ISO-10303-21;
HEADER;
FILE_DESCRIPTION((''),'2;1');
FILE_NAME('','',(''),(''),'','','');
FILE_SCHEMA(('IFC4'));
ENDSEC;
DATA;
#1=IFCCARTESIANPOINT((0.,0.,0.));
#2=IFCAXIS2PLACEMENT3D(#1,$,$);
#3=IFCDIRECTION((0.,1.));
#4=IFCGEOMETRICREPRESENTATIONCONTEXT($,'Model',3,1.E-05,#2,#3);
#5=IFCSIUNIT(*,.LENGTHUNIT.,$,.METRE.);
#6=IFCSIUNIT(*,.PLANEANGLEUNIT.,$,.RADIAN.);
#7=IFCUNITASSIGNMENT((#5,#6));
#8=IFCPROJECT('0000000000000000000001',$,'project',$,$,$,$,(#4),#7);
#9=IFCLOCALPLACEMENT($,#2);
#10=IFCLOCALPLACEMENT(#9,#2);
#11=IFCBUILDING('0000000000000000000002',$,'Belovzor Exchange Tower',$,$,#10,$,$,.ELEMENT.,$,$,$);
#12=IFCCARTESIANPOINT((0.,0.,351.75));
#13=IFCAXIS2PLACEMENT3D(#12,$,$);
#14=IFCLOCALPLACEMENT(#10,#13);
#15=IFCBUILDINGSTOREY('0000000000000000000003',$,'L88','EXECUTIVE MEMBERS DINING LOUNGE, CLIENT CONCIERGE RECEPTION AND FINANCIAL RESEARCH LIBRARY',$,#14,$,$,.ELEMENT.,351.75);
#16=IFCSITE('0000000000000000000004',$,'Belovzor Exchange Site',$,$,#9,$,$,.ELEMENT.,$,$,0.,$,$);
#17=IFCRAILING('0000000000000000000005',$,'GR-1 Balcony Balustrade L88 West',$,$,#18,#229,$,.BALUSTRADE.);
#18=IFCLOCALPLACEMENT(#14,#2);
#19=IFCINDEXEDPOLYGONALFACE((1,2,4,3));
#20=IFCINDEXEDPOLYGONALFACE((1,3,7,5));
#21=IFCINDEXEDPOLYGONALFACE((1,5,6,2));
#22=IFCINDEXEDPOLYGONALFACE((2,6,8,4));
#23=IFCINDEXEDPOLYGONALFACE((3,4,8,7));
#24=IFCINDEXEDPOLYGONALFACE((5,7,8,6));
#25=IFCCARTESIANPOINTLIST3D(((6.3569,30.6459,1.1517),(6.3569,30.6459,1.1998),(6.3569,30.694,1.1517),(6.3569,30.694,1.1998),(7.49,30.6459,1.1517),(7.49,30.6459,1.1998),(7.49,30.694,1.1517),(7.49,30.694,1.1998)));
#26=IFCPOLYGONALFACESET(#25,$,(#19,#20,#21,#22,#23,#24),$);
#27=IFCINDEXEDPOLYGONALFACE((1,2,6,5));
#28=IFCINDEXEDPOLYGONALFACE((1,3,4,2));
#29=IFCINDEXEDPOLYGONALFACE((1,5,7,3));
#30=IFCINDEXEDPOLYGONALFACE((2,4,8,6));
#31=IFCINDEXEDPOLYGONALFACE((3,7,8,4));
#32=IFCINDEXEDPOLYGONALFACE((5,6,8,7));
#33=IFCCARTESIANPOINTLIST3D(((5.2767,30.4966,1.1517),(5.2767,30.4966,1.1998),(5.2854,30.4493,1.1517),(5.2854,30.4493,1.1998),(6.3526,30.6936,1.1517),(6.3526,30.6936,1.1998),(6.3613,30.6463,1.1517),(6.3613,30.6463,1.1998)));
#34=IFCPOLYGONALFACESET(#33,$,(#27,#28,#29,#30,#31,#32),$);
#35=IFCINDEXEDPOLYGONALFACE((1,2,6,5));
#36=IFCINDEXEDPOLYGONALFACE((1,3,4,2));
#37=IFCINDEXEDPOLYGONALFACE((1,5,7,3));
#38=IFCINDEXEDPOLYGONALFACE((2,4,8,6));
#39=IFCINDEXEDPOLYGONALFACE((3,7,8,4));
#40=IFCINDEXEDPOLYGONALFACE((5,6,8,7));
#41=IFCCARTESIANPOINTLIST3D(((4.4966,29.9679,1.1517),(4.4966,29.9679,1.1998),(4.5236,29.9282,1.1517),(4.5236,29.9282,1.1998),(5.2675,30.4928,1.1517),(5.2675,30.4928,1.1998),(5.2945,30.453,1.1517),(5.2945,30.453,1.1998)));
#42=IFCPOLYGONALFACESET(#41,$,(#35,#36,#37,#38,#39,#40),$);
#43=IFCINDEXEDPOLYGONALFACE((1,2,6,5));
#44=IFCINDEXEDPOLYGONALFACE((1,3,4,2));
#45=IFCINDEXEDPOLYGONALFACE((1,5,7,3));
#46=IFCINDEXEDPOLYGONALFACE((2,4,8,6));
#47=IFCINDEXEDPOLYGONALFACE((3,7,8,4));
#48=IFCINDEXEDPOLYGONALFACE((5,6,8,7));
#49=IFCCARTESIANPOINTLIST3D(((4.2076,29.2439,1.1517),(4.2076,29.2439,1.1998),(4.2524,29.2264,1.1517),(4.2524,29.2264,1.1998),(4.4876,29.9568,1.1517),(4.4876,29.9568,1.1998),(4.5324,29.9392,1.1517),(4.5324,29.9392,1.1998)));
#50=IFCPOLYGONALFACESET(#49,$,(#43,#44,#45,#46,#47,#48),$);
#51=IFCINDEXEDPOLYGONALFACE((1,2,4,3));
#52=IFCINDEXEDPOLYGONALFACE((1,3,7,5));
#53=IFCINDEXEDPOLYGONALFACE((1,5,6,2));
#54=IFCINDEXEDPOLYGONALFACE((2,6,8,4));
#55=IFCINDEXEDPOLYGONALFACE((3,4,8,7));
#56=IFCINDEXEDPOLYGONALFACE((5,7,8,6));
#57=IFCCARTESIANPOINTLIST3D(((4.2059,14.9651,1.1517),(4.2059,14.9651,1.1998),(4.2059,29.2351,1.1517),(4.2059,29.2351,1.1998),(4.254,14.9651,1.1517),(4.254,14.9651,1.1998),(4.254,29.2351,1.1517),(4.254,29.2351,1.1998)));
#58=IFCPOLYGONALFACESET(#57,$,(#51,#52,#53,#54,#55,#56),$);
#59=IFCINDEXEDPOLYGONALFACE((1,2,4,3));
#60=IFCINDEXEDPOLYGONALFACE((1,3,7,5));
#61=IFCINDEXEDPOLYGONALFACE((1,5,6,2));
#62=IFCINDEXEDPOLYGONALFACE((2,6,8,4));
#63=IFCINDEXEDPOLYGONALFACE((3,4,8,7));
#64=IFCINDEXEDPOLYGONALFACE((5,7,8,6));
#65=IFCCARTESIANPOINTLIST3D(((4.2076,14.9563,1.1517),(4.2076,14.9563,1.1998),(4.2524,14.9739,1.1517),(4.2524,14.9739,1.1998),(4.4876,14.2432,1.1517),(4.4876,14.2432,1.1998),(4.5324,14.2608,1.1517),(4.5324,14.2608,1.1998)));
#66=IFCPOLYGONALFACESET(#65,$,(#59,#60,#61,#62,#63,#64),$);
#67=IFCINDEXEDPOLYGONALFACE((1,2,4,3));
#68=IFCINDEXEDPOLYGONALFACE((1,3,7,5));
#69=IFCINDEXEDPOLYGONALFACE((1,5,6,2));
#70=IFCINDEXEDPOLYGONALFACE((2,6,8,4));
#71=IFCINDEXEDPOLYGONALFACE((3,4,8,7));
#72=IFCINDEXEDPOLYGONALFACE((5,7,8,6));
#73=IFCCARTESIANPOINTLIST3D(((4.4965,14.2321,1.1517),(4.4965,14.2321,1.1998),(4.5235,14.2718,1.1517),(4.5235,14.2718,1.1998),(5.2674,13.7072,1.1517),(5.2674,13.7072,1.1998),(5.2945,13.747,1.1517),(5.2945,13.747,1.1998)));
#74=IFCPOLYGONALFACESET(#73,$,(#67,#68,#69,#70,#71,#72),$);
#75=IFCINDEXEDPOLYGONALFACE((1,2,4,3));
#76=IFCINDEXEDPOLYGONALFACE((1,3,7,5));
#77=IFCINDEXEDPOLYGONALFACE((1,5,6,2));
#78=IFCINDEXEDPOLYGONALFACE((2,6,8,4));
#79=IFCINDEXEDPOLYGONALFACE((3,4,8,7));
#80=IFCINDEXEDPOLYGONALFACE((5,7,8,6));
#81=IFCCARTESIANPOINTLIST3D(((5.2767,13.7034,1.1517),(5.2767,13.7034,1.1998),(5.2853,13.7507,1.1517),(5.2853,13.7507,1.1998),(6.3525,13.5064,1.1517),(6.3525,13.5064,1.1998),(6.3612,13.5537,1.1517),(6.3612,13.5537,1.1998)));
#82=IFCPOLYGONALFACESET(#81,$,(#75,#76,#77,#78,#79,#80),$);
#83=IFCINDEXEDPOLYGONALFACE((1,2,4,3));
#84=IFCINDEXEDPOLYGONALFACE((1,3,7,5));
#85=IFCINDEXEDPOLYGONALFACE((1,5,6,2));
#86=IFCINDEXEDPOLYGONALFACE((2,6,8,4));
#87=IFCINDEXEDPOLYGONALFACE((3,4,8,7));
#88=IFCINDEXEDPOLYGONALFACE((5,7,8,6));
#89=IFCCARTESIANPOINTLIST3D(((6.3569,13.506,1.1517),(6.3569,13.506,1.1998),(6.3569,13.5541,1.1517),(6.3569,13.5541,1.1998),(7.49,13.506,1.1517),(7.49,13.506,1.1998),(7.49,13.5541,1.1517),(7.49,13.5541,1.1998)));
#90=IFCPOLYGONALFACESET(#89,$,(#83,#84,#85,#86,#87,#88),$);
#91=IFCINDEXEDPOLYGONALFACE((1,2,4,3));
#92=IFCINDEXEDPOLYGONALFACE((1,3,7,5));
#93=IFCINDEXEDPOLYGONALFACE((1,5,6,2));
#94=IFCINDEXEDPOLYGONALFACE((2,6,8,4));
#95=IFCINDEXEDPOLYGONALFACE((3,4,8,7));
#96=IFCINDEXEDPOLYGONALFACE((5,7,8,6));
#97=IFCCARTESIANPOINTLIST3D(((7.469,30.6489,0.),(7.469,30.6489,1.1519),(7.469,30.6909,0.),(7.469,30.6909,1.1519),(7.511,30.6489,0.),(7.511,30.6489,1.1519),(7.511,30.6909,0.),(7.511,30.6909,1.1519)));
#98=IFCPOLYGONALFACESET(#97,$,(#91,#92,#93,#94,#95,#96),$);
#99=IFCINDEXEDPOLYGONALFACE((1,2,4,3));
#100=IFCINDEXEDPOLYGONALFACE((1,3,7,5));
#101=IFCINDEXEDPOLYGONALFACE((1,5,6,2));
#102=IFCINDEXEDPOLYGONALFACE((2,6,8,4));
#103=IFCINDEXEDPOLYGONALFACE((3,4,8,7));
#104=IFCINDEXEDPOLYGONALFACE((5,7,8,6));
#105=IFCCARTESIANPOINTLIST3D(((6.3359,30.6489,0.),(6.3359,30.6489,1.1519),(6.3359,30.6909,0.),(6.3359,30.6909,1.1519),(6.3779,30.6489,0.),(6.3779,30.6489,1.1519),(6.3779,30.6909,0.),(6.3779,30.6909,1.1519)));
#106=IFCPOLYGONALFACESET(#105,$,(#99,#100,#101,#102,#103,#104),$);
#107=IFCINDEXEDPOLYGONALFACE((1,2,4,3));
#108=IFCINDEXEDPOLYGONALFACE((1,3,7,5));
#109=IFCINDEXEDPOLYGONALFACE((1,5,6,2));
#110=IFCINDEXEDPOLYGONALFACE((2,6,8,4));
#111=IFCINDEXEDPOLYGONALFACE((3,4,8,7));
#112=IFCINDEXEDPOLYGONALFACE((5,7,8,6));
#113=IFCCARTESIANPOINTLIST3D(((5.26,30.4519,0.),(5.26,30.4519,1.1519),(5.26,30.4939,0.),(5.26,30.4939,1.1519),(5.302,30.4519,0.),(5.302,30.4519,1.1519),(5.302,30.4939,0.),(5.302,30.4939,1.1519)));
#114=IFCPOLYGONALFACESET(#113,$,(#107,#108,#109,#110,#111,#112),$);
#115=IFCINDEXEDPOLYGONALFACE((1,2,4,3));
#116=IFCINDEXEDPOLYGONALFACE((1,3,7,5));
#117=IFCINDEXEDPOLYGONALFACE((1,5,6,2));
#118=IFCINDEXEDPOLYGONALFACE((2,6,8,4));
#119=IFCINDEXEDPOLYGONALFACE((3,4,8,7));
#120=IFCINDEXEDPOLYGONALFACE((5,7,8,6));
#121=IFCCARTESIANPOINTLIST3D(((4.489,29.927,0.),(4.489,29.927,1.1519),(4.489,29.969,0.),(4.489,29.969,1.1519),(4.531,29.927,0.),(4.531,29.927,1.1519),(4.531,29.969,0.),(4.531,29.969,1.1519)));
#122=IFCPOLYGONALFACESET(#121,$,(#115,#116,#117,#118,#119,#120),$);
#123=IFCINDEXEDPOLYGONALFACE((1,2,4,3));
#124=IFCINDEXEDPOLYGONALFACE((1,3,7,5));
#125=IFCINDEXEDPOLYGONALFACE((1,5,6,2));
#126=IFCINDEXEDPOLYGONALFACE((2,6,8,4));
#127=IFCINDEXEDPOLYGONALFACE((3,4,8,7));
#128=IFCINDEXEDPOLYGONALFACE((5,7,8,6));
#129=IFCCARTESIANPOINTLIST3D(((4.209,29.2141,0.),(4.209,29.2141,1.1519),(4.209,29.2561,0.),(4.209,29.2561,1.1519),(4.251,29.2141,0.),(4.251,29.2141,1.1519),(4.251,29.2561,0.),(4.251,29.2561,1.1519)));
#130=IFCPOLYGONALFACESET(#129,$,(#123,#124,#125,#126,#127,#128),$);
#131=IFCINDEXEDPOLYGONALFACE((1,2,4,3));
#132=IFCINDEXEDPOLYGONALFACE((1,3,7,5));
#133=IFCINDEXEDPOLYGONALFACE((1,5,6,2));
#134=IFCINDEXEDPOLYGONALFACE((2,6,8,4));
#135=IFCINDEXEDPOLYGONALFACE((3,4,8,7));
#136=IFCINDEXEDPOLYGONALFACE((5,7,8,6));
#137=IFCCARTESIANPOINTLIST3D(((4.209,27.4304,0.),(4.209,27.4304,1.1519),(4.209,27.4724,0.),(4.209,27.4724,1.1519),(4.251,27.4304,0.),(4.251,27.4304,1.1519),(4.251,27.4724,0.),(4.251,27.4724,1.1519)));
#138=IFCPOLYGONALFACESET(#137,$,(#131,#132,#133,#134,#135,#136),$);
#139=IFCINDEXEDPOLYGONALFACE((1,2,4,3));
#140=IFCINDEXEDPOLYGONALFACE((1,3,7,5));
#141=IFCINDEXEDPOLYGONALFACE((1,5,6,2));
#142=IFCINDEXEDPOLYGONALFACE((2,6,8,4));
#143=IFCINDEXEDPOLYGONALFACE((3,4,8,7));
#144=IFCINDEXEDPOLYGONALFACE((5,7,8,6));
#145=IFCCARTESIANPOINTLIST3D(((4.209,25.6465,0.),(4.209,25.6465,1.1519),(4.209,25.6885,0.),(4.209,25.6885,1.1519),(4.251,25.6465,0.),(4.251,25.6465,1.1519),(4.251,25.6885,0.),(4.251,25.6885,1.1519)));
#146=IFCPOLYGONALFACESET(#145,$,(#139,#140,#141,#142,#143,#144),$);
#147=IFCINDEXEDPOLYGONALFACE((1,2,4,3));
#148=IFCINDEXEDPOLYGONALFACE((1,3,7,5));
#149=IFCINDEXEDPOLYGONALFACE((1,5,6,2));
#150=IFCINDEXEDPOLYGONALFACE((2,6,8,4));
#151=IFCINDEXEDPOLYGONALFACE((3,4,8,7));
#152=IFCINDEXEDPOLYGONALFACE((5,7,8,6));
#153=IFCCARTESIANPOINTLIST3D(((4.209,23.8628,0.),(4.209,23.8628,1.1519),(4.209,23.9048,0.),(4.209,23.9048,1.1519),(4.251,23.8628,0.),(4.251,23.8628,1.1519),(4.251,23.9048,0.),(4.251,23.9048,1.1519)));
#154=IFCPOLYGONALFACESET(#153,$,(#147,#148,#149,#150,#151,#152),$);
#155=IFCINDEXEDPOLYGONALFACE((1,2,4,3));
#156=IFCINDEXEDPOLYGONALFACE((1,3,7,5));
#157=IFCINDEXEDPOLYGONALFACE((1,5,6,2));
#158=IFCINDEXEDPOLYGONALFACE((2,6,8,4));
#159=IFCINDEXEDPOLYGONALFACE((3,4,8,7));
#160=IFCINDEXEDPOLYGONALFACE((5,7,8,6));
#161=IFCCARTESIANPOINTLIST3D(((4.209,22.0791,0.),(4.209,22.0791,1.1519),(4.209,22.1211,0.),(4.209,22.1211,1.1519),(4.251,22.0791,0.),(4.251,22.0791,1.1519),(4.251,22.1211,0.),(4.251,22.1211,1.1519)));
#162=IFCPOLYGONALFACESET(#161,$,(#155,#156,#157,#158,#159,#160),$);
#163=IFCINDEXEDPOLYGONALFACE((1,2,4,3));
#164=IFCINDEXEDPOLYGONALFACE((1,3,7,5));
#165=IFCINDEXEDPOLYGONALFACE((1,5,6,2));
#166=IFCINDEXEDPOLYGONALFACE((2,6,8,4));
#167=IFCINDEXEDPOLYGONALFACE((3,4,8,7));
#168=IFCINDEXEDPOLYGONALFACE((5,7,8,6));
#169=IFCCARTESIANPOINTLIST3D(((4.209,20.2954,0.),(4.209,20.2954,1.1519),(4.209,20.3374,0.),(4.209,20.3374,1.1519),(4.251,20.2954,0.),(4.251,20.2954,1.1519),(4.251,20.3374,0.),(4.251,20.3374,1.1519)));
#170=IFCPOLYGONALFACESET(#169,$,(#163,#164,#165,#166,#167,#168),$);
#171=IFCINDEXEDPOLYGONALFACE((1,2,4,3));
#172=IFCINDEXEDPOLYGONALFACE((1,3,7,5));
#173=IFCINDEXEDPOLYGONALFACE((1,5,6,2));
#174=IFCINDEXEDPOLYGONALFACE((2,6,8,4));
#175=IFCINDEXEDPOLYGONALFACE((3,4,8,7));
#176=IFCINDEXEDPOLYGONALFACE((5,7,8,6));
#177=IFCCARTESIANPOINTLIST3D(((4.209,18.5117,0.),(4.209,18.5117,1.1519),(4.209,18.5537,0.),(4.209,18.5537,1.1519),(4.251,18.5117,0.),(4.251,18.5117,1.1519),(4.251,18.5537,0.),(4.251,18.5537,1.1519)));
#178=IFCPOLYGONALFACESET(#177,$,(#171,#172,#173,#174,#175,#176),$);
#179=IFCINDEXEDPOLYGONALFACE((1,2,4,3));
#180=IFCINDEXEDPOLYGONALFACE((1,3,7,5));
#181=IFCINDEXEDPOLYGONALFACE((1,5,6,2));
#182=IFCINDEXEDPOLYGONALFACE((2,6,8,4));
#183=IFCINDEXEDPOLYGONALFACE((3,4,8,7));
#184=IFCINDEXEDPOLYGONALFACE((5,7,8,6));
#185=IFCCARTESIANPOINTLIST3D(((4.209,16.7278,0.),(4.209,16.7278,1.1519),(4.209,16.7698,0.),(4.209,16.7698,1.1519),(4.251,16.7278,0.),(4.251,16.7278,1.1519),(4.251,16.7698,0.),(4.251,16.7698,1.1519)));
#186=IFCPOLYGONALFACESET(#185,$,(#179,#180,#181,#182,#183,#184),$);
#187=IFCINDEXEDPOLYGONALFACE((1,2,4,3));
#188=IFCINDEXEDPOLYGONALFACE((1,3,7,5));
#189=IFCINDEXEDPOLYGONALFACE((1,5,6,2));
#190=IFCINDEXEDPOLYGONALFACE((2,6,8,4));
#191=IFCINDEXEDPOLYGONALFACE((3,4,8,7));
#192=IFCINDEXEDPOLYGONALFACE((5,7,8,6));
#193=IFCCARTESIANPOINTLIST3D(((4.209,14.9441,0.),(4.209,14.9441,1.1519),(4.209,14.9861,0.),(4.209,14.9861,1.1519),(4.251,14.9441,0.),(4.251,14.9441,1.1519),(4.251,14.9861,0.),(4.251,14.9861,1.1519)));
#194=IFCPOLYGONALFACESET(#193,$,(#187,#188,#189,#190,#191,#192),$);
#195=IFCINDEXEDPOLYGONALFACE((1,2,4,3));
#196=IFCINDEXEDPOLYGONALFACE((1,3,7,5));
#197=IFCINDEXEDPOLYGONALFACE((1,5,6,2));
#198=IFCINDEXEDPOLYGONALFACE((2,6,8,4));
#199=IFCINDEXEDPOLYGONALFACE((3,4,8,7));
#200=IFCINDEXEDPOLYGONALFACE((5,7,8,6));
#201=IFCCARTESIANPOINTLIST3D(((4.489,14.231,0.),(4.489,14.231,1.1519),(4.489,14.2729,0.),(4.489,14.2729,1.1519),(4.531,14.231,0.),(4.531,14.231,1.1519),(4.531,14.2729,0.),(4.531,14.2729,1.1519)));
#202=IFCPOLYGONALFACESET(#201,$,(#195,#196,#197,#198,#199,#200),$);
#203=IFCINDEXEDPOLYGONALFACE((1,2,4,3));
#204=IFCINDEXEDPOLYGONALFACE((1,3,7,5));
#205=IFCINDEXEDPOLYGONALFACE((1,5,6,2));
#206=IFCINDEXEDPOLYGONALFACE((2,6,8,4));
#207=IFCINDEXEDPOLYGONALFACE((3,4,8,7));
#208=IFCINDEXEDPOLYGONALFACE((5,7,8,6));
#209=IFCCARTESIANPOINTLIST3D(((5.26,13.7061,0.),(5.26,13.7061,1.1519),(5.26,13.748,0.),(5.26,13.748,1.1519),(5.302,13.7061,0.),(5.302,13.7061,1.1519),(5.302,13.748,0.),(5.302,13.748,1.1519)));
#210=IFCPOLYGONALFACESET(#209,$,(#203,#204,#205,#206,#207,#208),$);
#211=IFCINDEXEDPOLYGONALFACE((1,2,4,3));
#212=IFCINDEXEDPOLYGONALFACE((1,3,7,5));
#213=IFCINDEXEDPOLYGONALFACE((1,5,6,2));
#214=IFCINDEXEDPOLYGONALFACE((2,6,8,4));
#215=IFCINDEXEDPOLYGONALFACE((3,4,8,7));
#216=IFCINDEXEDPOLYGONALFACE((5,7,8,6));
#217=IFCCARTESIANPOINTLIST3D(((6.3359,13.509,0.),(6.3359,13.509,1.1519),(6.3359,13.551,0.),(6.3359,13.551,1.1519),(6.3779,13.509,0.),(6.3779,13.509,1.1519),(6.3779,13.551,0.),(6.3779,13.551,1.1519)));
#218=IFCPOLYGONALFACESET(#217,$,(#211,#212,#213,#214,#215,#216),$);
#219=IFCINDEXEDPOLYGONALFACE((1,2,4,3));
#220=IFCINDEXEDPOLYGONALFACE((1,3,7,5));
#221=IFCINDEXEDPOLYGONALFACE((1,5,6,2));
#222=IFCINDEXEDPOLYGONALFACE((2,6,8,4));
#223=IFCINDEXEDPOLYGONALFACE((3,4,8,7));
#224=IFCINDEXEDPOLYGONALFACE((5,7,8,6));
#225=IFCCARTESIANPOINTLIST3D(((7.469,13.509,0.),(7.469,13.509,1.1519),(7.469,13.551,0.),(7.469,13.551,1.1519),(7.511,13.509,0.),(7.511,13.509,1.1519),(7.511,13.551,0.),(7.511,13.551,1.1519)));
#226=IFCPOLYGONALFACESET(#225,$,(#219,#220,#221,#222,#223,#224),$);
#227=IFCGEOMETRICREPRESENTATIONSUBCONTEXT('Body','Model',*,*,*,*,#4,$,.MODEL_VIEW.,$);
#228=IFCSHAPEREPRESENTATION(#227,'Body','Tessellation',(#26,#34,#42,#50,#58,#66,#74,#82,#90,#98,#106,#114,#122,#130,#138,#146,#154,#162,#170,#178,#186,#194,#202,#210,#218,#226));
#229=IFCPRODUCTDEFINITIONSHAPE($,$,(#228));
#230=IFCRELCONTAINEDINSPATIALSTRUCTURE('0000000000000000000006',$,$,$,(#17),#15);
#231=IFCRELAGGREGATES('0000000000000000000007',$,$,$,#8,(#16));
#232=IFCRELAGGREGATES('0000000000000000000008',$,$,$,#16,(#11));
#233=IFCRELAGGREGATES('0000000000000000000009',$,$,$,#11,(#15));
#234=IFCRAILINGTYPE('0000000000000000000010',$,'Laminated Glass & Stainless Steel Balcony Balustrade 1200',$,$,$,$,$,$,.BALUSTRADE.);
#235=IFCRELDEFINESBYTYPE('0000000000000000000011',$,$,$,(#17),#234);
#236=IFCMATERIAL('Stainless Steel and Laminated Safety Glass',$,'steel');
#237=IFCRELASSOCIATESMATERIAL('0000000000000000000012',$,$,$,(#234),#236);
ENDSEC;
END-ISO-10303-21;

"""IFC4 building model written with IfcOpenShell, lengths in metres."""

from ifc_helpers import new_model, si_unit, direction, frame, origin, origin_2d, place, context, subcontext, project, spatial, rectangle, extrude, material, type_object, element, save


model = new_model("IFC4")

# Units and contexts
model_context = context("Model", 3, precision=1e-05, world=origin(), true_north=direction((0.0, 1.0)))
body_context = subcontext(model_context, "Body", "Model", "MODEL_VIEW")
ifc_project = project(units=[si_unit("LENGTHUNIT", "METRE"), si_unit("PLANEANGLEUNIT", "RADIAN")], contexts=[model_context])

# Site, building, storey
site_placement = place(None, origin())
site = spatial("IfcSite", under=ifc_project, at=site_placement, Name="Belovzor Exchange Site", CompositionType="ELEMENT", RefElevation=0.0)
building_placement = place(site_placement, origin())
building = spatial("IfcBuilding", under=site, at=building_placement, Name="Belovzor Exchange Tower", CompositionType="ELEMENT")
storey_placement = place(building_placement, frame((0.0, 0.0, 351.75)))
storey = spatial("IfcBuildingStorey", under=building, at=storey_placement, Name="L88", Description="EXECUTIVE MEMBERS DINING LOUNGE, CLIENT CONCIERGE RECEPTION AND FINANCIAL RESEARCH LIBRARY", CompositionType="ELEMENT", Elevation=351.75)

# Railing
ifc_material_1 = material(Name="Stainless Steel and Laminated Safety Glass", Category="steel")
railing_type = type_object("IfcRailingType", Name="Laminated Glass & Stainless Steel Balcony Balustrade 1200", PredefinedType="BALUSTRADE", material=ifc_material_1)
railing_placement = place(storey_placement, frame((7.49, 30.6699, 0.0)))
element("IfcRailing", 1, at=railing_placement, inside=storey, type_object=railing_type, Name="GR-1 Balcony Balustrade L88 West", PredefinedType="BALUSTRADE", context=body_context, shape_type="SweptSolid", body=[
    extrude(rectangle(XDim=0.0481, YDim=0.0481, at=origin_2d()), frame((0.0, 0.0, 1.1758), z_axis=(-1.0, 0.0, 0.0), x_axis=(0.0, -1.0, 0.0)), (0.0, 0.0, 1.0), 1.1331),
    extrude(rectangle(XDim=0.0481, YDim=0.0481, at=origin_2d()), frame((-1.1331, 0.0, 1.1758), z_axis=(-0.983644, -0.180123, 0.0), x_axis=(0.180123, -0.983644, 0.0)), (0.0, 0.0, 1.0), 1.0938),
    extrude(rectangle(XDim=0.0481, YDim=0.0481, at=origin_2d()), frame((-2.209, -0.197, 1.1758), z_axis=(-0.826615, -0.562768, 0.0), x_axis=(0.562768, -0.826615, 0.0)), (0.0, 0.0, 1.0), 0.9326),
    extrude(rectangle(XDim=0.0481, YDim=0.0481, at=origin_2d()), frame((-2.98, -0.7219, 1.1758), z_axis=(-0.365613, -0.930767, 0.0), x_axis=(0.930767, -0.365613, 0.0)), (0.0, 0.0, 1.0), 0.7659),
    extrude(rectangle(XDim=0.0481, YDim=0.0481, at=origin_2d()), frame((-3.26, -1.4348, 1.1758), z_axis=(0.0, -1.0, 0.0), x_axis=(1.0, 0.0, 0.0)), (0.0, 0.0, 1.0), 14.27),
    extrude(rectangle(XDim=0.0481, YDim=0.0481, at=origin_2d()), frame((-3.26, -15.7048, 1.1758), z_axis=(0.365504, -0.93081, 0.0), x_axis=(0.93081, 0.365504, 0.0)), (0.0, 0.0, 1.0), 0.7661),
    extrude(rectangle(XDim=0.0481, YDim=0.0481, at=origin_2d()), frame((-2.98, -16.418, 1.1758), z_axis=(0.826615, -0.562768, 0.0), x_axis=(0.562768, 0.826615, 0.0)), (0.0, 0.0, 1.0), 0.9326),
    extrude(rectangle(XDim=0.0481, YDim=0.0481, at=origin_2d()), frame((-2.209, -16.9429, 1.1758), z_axis=(0.983644, -0.180123, 0.0), x_axis=(0.180123, 0.983644, 0.0)), (0.0, 0.0, 1.0), 1.0938),
    extrude(rectangle(XDim=0.0481, YDim=0.0481, at=origin_2d()), frame((-1.1331, -17.1399, 1.1758), z_axis=(1.0, 0.0, 0.0), x_axis=(0.0, 1.0, 0.0)), (0.0, 0.0, 1.0), 1.1331),
    extrude(rectangle(XDim=0.042, YDim=0.042, at=origin_2d()), origin(), (0.0, 0.0, 1.0), 1.1519),
    extrude(rectangle(XDim=0.042, YDim=0.042, at=origin_2d()), frame((-1.1331, 0.0, 0.0)), (0.0, 0.0, 1.0), 1.1519),
    extrude(rectangle(XDim=0.042, YDim=0.042, at=origin_2d()), frame((-2.209, -0.197, 0.0)), (0.0, 0.0, 1.0), 1.1519),
    extrude(rectangle(XDim=0.042, YDim=0.042, at=origin_2d()), frame((-2.98, -0.7219, 0.0)), (0.0, 0.0, 1.0), 1.1519),
    extrude(rectangle(XDim=0.042, YDim=0.042, at=origin_2d()), frame((-3.26, -1.4348, 0.0)), (0.0, 0.0, 1.0), 1.1519),
    extrude(rectangle(XDim=0.042, YDim=0.042, at=origin_2d()), frame((-3.26, -3.2185, 0.0)), (0.0, 0.0, 1.0), 1.1519),
    extrude(rectangle(XDim=0.042, YDim=0.042, at=origin_2d()), frame((-3.26, -5.0024, 0.0)), (0.0, 0.0, 1.0), 1.1519),
    extrude(rectangle(XDim=0.042, YDim=0.042, at=origin_2d()), frame((-3.26, -6.7861, 0.0)), (0.0, 0.0, 1.0), 1.1519),
    extrude(rectangle(XDim=0.042, YDim=0.042, at=origin_2d()), frame((-3.26, -8.5698, 0.0)), (0.0, 0.0, 1.0), 1.1519),
    extrude(rectangle(XDim=0.042, YDim=0.042, at=origin_2d()), frame((-3.26, -10.3535, 0.0)), (0.0, 0.0, 1.0), 1.1519),
    extrude(rectangle(XDim=0.042, YDim=0.042, at=origin_2d()), frame((-3.26, -12.1372, 0.0)), (0.0, 0.0, 1.0), 1.1519),
    extrude(rectangle(XDim=0.042, YDim=0.042, at=origin_2d()), frame((-3.26, -13.9211, 0.0)), (0.0, 0.0, 1.0), 1.1519),
    extrude(rectangle(XDim=0.042, YDim=0.042, at=origin_2d()), frame((-3.26, -15.7048, 0.0)), (0.0, 0.0, 1.0), 1.1519),
    extrude(rectangle(XDim=0.042, YDim=0.042, at=origin_2d()), frame((-2.98, -16.418, 0.0)), (0.0, 0.0, 1.0), 1.1519),
    extrude(rectangle(XDim=0.042, YDim=0.042, at=origin_2d()), frame((-2.209, -16.9429, 0.0)), (0.0, 0.0, 1.0), 1.1519),
    extrude(rectangle(XDim=0.042, YDim=0.042, at=origin_2d()), frame((-1.1331, -17.1399, 0.0)), (0.0, 0.0, 1.0), 1.1519),
    extrude(rectangle(XDim=0.042, YDim=0.042, at=origin_2d()), frame((0.0, -17.1399, 0.0)), (0.0, 0.0, 1.0), 1.1519),
])

save(model, "model.ifc")
